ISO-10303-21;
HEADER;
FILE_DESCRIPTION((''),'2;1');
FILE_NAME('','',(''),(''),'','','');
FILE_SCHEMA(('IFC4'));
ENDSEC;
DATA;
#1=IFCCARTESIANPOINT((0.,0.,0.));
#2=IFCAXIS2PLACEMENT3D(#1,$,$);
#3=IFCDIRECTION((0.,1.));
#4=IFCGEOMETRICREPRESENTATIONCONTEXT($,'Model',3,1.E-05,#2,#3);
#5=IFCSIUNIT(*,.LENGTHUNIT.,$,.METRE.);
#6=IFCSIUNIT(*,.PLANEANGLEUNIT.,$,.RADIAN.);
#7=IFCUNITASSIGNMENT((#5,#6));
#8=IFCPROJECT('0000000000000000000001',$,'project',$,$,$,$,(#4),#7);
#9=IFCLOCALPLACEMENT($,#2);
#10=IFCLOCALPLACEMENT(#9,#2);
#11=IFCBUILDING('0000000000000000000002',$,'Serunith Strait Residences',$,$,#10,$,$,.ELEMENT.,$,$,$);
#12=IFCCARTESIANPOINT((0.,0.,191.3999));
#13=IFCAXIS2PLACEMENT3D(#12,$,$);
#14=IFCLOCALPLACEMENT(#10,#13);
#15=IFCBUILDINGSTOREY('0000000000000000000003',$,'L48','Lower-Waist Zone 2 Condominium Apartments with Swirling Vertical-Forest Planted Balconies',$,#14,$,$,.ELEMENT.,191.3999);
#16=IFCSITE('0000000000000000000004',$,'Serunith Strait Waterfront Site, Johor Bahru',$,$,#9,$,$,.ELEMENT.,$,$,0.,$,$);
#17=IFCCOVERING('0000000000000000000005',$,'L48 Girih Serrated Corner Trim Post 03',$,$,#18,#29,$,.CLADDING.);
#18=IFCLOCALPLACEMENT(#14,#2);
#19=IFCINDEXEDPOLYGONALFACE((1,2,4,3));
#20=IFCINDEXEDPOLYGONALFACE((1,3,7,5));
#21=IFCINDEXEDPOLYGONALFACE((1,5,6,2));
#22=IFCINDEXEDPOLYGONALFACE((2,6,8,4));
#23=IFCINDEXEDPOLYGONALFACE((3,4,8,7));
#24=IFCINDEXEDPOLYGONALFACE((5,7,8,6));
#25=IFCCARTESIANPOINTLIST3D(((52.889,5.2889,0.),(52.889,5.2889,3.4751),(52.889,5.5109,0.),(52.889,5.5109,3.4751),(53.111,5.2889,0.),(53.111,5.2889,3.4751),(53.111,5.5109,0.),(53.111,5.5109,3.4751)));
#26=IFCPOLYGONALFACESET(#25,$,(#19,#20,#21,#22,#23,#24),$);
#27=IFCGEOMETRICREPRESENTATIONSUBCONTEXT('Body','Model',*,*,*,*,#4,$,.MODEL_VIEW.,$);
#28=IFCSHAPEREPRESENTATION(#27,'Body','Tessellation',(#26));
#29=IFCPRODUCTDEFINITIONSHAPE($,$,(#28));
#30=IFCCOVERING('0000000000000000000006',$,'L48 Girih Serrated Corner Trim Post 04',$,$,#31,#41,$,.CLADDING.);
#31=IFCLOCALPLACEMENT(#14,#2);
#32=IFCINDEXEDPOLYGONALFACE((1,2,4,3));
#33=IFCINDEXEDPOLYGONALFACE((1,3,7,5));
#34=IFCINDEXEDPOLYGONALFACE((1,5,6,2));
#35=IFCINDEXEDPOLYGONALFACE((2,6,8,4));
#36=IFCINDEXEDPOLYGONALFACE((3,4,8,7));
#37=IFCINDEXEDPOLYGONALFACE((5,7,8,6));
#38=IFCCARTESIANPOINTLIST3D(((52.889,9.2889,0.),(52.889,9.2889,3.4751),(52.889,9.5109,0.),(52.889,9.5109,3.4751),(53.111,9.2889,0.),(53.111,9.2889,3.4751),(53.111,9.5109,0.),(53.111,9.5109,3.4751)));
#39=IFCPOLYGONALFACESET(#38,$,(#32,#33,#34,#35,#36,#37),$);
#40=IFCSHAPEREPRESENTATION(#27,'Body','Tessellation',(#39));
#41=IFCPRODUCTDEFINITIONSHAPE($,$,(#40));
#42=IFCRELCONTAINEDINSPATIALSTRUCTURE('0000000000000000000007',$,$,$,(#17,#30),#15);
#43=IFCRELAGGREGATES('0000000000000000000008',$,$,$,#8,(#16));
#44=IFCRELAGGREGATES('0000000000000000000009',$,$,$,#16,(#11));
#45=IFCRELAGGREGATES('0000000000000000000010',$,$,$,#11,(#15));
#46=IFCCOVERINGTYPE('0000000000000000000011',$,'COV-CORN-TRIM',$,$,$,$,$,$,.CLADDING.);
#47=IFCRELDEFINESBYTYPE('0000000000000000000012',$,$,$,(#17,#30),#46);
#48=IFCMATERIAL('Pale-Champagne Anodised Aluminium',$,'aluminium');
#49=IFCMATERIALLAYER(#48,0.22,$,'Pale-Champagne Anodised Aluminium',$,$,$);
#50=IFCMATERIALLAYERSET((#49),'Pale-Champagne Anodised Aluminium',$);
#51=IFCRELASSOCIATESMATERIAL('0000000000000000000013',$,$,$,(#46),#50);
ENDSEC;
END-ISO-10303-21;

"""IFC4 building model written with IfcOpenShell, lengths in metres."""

from ifc_helpers import new_model, si_unit, direction, frame, origin, origin_2d, place, context, subcontext, project, spatial, rectangle, extrude, source, transform, mapped, material, layer, layer_set, type_object, element, save


model = new_model("IFC4")

# Units and contexts
model_context = context("Model", 3, precision=1e-05, world=origin(), true_north=direction((0.0, 1.0)))
body_context = subcontext(model_context, "Body", "Model", "MODEL_VIEW")
ifc_project = project(units=[si_unit("LENGTHUNIT", "METRE"), si_unit("PLANEANGLEUNIT", "RADIAN")], contexts=[model_context])

# Site, building, storey
site_placement = place(None, origin())
site = spatial("IfcSite", under=ifc_project, at=site_placement, Name="Serunith Strait Waterfront Site, Johor Bahru", CompositionType="ELEMENT", RefElevation=0.0)
building_placement = place(site_placement, origin())
building = spatial("IfcBuilding", under=site, at=building_placement, Name="Serunith Strait Residences", CompositionType="ELEMENT")
storey_placement = place(building_placement, frame((0.0, 0.0, 191.3999)))
storey = spatial("IfcBuildingStorey", under=building, at=storey_placement, Name="L48", Description="Lower-Waist Zone 2 Condominium Apartments with Swirling Vertical-Forest Planted Balconies", CompositionType="ELEMENT", Elevation=191.3999)

# Coverings
ifc_material_1 = material(Name="Pale-Champagne Anodised Aluminium", Category="aluminium")
ifc_layer_1 = layer(ifc_material_1, 0.22, Name="Pale-Champagne Anodised Aluminium")
ifc_layer_set_1 = layer_set([ifc_layer_1], Name="Pale-Champagne Anodised Aluminium")
covering_type = type_object("IfcCoveringType", Name="COV-CORN-TRIM", PredefinedType="CLADDING", material=ifc_layer_set_1)
shared_shape_1 = source(origin(), body_context, "Body", "SweptSolid", [
    extrude(rectangle(XDim=0.2219, YDim=0.2219, at=origin_2d()), origin(), (0.0, 0.0, 1.0), 3.4751),
])
for number, where, z_axis, x_axis, name in (
    (1, (53.0, 5.3999, 0.0), (0.0, 0.0, 1.0), (1.0, 0.0, 0.0), "L48 Girih Serrated Corner Trim Post 03"),
    (2, (53.0, 9.3999, 0.0), (0.0, 0.0, 1.0), (1.0, 0.0, 0.0), "L48 Girih Serrated Corner Trim Post 04"),
):
    element("IfcCovering", number, at=place(storey_placement, frame(where, z_axis=z_axis, x_axis=x_axis)), inside=storey, type_object=covering_type, Name=name, PredefinedType="CLADDING", context=body_context, shape_type="MappedRepresentation", body=[
        mapped(shared_shape_1, transform((0.0, 0.0, 0.0), scale=1.0)),
    ])

save(model, "model.ifc")
